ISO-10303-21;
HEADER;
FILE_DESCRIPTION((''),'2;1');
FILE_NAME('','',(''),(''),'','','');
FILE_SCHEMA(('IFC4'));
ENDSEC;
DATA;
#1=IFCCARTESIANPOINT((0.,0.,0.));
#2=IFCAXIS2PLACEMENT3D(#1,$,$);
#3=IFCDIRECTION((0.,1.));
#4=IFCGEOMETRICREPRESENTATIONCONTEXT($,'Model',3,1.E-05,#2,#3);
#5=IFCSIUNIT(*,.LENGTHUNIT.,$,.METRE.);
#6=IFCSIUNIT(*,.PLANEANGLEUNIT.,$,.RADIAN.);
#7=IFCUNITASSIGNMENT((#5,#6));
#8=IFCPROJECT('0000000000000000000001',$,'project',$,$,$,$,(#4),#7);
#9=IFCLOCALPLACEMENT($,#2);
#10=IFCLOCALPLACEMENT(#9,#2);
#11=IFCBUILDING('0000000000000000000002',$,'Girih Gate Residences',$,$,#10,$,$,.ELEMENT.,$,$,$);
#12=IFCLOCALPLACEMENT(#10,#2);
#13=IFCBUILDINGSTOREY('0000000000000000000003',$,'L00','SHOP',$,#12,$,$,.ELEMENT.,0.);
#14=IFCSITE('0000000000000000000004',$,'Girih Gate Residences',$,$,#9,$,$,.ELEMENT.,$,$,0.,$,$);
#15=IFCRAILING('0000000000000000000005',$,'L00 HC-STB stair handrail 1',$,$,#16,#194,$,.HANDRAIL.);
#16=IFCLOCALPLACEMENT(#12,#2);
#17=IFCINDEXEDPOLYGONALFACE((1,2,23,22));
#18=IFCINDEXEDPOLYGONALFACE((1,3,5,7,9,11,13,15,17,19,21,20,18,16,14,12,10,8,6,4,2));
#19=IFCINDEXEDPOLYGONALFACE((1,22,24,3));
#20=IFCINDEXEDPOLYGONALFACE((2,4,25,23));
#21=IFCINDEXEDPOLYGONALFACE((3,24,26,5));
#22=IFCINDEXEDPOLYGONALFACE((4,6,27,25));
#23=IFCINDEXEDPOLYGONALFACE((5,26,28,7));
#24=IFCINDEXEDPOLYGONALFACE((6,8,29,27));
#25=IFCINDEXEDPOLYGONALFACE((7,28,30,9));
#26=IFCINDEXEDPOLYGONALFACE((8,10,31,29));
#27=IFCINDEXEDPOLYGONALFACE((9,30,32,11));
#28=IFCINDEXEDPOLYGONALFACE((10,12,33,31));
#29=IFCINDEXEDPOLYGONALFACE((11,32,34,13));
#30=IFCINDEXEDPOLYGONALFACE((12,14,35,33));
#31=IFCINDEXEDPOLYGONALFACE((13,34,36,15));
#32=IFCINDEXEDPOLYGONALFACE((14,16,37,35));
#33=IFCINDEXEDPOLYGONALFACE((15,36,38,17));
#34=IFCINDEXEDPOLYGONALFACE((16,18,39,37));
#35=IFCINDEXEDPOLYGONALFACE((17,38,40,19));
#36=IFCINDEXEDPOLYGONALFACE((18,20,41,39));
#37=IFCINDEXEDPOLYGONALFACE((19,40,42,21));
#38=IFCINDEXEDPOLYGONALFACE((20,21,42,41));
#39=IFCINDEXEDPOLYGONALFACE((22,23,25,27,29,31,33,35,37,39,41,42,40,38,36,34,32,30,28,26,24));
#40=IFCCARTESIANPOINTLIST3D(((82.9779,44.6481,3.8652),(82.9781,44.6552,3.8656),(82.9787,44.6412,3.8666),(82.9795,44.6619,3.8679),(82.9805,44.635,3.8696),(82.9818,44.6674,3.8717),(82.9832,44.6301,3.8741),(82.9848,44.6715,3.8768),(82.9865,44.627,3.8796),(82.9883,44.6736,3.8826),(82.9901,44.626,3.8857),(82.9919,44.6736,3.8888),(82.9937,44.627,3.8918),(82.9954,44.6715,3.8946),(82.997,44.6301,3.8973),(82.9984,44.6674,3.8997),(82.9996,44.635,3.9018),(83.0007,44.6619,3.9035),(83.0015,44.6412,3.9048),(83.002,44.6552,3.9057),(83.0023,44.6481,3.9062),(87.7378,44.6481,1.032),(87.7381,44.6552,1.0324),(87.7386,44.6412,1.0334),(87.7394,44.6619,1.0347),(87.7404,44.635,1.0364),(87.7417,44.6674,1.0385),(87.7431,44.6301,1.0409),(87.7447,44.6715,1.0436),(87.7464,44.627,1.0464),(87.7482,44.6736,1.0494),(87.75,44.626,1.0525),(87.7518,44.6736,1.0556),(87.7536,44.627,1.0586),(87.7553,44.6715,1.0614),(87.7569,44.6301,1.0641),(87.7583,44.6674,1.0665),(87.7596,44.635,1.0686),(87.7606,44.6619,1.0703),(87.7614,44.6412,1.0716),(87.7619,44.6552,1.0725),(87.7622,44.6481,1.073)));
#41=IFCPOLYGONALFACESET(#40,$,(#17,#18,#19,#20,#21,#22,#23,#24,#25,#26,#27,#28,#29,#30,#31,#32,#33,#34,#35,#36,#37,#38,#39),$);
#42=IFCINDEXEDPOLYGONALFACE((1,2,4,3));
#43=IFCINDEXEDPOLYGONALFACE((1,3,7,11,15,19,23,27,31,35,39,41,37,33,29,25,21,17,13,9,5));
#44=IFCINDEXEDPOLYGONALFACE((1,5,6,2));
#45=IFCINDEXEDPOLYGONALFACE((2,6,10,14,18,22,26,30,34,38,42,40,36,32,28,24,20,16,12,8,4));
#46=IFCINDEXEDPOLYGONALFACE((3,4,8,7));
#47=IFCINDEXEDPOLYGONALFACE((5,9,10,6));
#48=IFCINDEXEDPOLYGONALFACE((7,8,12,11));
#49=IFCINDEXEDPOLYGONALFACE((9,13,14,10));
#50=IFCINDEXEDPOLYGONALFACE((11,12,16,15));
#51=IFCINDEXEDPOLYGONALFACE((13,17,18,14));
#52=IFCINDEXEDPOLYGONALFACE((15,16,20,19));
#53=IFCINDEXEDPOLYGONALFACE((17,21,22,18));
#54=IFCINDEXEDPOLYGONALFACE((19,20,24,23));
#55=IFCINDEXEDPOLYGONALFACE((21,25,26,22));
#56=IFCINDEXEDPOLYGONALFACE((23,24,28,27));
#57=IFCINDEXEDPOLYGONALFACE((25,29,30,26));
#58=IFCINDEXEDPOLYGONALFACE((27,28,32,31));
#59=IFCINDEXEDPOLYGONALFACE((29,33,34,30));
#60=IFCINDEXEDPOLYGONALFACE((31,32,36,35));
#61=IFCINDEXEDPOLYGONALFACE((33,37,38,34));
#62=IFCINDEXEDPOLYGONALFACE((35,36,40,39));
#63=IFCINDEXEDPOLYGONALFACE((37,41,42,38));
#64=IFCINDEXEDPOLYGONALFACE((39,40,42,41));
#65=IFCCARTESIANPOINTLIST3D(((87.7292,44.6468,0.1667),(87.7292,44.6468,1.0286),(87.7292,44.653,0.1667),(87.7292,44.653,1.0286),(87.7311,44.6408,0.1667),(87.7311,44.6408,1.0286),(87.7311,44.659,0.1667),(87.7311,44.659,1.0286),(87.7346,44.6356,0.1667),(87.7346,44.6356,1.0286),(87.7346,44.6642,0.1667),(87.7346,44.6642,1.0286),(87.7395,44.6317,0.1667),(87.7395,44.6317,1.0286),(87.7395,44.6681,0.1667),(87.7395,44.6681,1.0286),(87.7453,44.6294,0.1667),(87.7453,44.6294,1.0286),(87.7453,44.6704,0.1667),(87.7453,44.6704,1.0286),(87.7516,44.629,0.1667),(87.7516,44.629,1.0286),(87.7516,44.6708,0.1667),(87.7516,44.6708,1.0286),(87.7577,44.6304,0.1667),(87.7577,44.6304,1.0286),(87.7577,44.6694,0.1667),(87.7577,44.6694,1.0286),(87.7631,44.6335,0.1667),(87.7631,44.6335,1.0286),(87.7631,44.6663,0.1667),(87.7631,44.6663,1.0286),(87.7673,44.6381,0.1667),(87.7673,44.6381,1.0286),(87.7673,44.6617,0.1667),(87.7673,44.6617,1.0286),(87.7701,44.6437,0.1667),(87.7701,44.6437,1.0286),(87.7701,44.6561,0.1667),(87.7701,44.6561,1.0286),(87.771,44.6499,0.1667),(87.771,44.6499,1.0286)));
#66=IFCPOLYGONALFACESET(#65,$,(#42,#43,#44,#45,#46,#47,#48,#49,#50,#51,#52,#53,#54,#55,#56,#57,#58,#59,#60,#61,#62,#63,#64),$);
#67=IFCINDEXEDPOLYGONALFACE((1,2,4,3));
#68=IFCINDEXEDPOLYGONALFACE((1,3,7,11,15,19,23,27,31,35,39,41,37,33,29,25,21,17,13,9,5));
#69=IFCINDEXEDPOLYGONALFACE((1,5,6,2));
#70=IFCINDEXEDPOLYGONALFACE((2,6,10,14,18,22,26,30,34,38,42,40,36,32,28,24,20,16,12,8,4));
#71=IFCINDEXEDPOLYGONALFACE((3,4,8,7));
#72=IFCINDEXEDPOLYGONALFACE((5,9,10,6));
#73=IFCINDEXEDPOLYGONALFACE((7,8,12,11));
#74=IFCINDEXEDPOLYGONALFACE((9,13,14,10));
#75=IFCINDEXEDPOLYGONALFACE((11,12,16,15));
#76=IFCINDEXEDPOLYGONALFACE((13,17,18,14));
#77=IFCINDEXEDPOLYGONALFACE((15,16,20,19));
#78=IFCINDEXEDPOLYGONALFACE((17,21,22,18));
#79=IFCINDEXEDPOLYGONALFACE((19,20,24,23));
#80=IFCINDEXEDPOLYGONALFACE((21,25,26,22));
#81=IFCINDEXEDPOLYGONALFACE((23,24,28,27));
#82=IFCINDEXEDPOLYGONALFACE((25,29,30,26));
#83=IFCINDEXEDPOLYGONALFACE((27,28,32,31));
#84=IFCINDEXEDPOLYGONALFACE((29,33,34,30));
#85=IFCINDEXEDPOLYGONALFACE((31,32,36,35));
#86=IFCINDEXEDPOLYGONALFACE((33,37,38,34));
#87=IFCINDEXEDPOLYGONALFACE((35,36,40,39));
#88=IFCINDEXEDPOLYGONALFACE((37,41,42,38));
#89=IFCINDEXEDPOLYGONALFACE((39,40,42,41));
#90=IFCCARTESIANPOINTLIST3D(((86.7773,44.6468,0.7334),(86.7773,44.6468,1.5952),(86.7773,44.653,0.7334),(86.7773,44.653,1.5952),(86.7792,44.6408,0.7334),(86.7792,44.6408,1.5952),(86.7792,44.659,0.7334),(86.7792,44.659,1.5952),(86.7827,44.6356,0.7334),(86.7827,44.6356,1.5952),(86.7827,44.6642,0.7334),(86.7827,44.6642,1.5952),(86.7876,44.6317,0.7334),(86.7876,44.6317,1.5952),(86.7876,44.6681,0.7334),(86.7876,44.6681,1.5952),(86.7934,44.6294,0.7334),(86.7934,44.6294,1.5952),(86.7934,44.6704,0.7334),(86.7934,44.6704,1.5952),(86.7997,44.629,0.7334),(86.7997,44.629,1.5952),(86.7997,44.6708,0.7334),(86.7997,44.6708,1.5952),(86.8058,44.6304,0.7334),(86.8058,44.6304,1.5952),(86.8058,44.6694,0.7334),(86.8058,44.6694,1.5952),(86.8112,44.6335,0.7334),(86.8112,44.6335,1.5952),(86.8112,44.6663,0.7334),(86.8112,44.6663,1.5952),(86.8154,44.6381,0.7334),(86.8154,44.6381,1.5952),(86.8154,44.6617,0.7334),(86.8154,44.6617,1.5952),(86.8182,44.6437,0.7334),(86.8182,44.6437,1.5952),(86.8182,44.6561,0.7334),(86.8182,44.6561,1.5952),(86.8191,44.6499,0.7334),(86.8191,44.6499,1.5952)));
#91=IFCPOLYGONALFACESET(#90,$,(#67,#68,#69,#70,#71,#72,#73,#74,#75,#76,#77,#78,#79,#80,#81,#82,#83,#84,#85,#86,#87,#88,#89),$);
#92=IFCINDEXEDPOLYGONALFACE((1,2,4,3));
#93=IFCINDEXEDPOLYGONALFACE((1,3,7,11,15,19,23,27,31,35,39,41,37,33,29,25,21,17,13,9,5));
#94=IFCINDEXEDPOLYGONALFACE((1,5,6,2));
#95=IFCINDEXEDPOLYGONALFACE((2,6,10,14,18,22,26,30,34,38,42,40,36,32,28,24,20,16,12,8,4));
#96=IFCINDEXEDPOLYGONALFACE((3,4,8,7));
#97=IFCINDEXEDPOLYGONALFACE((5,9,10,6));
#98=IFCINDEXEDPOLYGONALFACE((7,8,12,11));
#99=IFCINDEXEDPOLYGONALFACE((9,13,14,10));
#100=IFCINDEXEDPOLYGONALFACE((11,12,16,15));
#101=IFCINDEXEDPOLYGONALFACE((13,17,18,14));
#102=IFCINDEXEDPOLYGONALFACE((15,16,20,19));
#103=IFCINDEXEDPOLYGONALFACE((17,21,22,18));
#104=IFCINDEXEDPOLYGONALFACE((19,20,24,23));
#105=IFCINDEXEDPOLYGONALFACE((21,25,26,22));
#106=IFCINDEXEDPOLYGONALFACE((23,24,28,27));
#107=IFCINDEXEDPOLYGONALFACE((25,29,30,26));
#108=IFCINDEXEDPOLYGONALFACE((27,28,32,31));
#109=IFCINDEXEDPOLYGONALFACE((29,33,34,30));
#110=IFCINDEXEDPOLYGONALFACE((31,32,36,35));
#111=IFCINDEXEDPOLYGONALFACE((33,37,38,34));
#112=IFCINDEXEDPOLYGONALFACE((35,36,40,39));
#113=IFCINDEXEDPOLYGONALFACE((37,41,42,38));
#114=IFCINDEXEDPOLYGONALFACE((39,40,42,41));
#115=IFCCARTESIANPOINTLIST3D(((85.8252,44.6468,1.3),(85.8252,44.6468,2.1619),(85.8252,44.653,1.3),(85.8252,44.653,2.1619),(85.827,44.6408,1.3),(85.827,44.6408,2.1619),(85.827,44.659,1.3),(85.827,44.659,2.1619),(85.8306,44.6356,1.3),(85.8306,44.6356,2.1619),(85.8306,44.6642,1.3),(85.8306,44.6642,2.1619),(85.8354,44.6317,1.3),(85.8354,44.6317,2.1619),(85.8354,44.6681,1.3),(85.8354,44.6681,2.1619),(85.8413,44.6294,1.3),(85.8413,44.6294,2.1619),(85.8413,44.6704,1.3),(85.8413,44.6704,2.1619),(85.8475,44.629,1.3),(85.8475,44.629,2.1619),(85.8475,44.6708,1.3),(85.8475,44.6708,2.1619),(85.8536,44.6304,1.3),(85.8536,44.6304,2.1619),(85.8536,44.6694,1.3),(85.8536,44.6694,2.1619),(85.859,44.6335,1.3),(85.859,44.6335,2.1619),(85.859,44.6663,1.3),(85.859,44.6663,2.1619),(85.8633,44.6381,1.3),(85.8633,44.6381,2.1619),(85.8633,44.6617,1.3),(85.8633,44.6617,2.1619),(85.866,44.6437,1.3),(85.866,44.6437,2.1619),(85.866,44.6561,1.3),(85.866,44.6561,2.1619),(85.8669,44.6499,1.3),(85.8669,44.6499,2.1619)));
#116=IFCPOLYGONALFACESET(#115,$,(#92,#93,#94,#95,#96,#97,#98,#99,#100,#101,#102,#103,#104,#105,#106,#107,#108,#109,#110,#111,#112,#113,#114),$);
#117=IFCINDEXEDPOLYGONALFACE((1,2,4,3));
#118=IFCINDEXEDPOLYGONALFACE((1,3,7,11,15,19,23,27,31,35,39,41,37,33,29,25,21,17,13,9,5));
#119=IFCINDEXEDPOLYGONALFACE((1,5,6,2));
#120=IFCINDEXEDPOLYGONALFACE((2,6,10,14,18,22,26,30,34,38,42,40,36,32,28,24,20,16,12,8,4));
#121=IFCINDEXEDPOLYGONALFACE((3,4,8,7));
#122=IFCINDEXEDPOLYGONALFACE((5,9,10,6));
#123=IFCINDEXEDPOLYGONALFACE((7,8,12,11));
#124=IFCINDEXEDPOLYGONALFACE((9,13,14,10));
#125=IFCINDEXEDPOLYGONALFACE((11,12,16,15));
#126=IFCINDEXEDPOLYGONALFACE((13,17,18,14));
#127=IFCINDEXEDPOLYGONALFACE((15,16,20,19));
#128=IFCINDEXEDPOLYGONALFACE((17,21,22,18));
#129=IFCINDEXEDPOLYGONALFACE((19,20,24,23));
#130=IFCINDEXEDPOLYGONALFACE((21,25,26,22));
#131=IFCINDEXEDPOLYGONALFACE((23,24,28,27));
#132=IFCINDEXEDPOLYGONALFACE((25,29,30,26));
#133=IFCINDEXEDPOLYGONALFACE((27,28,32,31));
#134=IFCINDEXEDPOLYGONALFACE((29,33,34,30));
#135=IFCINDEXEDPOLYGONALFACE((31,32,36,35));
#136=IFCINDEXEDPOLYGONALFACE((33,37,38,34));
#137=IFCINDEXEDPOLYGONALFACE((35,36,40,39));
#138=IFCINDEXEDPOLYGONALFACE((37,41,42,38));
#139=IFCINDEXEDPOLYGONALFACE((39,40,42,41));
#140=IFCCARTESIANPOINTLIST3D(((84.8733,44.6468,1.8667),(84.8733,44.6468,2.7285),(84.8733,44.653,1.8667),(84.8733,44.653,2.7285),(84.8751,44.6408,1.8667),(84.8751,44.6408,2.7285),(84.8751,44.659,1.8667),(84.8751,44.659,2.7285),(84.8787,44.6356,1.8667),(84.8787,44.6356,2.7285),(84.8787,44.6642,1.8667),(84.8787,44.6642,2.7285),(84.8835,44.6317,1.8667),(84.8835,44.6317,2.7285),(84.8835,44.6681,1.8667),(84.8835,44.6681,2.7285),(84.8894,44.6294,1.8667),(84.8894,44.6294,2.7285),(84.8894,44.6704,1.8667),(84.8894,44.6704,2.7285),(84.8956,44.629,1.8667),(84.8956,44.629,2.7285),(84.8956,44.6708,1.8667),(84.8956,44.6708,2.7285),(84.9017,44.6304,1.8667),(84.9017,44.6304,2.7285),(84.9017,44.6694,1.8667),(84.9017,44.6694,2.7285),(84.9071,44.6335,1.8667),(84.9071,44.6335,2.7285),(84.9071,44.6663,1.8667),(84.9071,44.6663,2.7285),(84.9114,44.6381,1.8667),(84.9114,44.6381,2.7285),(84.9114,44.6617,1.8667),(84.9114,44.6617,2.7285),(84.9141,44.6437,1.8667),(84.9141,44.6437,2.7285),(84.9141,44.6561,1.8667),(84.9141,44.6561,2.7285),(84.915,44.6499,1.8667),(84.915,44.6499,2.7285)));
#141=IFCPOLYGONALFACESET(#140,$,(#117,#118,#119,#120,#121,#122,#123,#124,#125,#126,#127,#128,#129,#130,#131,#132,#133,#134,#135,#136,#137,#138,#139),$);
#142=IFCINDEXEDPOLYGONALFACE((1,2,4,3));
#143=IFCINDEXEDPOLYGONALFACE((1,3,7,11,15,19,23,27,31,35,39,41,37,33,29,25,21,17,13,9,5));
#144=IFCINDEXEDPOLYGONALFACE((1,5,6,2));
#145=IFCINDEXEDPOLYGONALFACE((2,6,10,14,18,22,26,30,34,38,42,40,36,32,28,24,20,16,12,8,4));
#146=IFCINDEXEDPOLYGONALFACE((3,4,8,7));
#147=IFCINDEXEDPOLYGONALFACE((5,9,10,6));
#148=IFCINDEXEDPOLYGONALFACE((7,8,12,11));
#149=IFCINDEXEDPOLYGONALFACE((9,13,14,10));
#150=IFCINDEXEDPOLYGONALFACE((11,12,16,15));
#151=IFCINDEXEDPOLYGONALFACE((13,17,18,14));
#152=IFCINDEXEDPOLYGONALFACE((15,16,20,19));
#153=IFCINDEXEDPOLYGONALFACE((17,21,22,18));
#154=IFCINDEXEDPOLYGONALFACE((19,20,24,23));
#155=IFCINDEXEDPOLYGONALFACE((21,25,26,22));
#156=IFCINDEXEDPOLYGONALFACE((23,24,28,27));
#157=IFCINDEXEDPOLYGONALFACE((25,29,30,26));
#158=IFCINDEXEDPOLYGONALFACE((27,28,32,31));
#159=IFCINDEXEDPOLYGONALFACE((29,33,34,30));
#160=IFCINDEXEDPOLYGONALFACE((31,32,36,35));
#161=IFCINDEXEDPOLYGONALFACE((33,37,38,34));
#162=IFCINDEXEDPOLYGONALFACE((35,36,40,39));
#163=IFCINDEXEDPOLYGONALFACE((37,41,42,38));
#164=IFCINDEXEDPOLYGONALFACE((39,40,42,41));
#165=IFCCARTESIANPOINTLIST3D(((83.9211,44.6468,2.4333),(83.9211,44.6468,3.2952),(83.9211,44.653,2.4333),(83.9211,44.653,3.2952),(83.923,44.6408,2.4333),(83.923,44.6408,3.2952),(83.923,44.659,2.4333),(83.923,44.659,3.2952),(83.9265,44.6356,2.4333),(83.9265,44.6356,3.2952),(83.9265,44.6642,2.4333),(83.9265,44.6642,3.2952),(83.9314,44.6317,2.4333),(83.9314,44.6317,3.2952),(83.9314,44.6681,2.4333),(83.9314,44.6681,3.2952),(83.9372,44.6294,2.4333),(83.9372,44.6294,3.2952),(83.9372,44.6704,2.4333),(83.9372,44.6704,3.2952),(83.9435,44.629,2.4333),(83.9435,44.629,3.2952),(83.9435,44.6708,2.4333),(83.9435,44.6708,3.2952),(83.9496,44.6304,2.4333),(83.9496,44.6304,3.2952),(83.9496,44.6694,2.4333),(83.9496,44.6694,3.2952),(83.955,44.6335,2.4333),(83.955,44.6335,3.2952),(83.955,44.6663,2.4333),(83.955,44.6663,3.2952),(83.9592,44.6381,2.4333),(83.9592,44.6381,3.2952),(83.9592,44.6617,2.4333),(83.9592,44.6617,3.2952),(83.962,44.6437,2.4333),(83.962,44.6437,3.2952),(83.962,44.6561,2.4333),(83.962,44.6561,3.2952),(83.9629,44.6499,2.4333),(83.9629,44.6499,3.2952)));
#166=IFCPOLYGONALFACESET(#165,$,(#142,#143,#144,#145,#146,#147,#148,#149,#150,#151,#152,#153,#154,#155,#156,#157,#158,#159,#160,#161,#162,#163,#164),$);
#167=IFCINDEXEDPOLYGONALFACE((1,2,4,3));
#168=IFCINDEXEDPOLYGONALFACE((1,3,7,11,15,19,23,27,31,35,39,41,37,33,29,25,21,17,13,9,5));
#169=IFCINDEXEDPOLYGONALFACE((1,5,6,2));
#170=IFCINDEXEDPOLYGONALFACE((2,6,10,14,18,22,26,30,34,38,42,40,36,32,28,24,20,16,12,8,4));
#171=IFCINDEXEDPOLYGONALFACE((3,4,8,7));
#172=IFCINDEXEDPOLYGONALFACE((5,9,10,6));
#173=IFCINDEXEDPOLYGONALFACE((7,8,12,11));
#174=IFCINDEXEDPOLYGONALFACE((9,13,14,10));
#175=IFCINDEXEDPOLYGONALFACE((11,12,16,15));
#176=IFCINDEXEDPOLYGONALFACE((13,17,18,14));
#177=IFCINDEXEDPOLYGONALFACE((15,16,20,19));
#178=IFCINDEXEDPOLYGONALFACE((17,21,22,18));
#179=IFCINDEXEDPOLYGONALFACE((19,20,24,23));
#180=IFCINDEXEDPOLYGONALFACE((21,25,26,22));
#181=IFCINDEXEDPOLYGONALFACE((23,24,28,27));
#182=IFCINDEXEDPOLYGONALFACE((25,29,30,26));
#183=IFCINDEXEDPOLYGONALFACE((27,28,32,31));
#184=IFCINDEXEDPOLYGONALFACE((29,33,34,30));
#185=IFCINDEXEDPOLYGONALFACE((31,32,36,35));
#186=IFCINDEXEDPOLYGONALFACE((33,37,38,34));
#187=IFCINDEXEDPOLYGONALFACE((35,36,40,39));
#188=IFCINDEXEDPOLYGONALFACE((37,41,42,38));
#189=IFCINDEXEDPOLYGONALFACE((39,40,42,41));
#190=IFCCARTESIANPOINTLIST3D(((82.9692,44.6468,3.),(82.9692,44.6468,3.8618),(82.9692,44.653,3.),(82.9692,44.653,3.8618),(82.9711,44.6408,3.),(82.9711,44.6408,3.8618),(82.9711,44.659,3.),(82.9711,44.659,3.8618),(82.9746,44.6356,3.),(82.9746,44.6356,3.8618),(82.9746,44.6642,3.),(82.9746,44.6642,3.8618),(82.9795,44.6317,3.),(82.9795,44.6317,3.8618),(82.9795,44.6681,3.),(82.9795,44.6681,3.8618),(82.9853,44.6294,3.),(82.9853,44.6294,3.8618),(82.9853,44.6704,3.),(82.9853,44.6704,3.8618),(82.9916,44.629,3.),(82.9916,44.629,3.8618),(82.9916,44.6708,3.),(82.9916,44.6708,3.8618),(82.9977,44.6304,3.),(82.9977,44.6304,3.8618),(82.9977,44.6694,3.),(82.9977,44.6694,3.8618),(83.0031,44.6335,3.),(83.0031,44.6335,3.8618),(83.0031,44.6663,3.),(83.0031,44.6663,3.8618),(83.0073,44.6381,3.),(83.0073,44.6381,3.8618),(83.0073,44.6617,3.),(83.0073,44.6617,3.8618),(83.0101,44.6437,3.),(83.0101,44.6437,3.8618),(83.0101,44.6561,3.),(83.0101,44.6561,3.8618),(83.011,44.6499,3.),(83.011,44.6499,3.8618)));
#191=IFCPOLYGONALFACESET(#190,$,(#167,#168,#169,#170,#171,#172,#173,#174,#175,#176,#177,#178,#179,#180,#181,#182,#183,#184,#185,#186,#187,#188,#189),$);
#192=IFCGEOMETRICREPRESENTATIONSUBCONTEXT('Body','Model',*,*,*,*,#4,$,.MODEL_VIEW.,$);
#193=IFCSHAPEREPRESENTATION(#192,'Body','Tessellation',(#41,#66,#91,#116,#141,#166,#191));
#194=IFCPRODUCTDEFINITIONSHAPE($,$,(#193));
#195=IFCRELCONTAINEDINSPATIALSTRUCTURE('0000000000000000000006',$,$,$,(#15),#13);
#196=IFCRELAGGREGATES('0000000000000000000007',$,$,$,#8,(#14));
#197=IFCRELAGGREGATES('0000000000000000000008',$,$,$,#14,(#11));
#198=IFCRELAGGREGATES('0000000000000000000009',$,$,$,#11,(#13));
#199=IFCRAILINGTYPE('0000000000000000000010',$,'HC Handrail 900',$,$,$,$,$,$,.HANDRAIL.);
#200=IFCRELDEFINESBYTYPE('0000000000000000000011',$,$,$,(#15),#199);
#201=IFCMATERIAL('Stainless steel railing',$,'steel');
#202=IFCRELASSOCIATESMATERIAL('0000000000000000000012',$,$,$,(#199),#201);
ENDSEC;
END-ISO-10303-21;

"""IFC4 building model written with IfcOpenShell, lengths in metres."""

from ifc_helpers import new_model, si_unit, direction, frame, origin, origin_2d, place, context, subcontext, project, spatial, circle, extrude, material, type_object, element, save


model = new_model("IFC4")

# Units and contexts
model_context = context("Model", 3, precision=1e-05, world=origin(), true_north=direction((0.0, 1.0)))
body_context = subcontext(model_context, "Body", "Model", "MODEL_VIEW")
ifc_project = project(units=[si_unit("LENGTHUNIT", "METRE"), si_unit("PLANEANGLEUNIT", "RADIAN")], contexts=[model_context])

# Site, building, storey
site_placement = place(None, origin())
site = spatial("IfcSite", under=ifc_project, at=site_placement, Name="Girih Gate Residences", CompositionType="ELEMENT", RefElevation=0.0)
building_placement = place(site_placement, origin())
building = spatial("IfcBuilding", under=site, at=building_placement, Name="Girih Gate Residences", CompositionType="ELEMENT")
storey_placement = place(building_placement, origin())
storey = spatial("IfcBuildingStorey", under=building, at=storey_placement, Name="L00", Description="SHOP", CompositionType="ELEMENT", Elevation=0.0)

# Railing
ifc_material_1 = material(Name="Stainless steel railing", Category="steel")
railing_type_1 = type_object("IfcRailingType", Name="HC Handrail 900", PredefinedType="HANDRAIL", material=ifc_material_1)
railing_1_placement = place(storey_placement, frame((87.75, 44.6499, 0.1667)))
element("IfcRailing", 1, at=railing_1_placement, inside=storey, type_object=railing_type_1, Name="L00 HC-STB stair handrail 1", PredefinedType="HANDRAIL", context=body_context, shape_type="SweptSolid", body=[
    extrude(circle(Radius=0.0239, at=origin_2d()), frame((0.0, 0.0, 0.8857), z_axis=(-0.8593, 0.0, 0.511472), x_axis=(0.0, -1.0, 0.0)), (0.0, 0.0, 1.0), 5.5393),
    extrude(circle(Radius=0.021, at=origin_2d()), origin(), (0.0, 0.0, 1.0), 0.8618),
    extrude(circle(Radius=0.021, at=origin_2d()), frame((-0.9519, 0.0, 0.5667)), (0.0, 0.0, 1.0), 0.8618),
    extrude(circle(Radius=0.021, at=origin_2d()), frame((-1.9041, 0.0, 1.1333)), (0.0, 0.0, 1.0), 0.8618),
    extrude(circle(Radius=0.021, at=origin_2d()), frame((-2.856, 0.0, 1.7)), (0.0, 0.0, 1.0), 0.8618),
    extrude(circle(Radius=0.021, at=origin_2d()), frame((-3.8081, 0.0, 2.2666)), (0.0, 0.0, 1.0), 0.8618),
    extrude(circle(Radius=0.021, at=origin_2d()), frame((-4.76, 0.0, 2.8333)), (0.0, 0.0, 1.0), 0.8618),
])

save(model, "model.ifc")
